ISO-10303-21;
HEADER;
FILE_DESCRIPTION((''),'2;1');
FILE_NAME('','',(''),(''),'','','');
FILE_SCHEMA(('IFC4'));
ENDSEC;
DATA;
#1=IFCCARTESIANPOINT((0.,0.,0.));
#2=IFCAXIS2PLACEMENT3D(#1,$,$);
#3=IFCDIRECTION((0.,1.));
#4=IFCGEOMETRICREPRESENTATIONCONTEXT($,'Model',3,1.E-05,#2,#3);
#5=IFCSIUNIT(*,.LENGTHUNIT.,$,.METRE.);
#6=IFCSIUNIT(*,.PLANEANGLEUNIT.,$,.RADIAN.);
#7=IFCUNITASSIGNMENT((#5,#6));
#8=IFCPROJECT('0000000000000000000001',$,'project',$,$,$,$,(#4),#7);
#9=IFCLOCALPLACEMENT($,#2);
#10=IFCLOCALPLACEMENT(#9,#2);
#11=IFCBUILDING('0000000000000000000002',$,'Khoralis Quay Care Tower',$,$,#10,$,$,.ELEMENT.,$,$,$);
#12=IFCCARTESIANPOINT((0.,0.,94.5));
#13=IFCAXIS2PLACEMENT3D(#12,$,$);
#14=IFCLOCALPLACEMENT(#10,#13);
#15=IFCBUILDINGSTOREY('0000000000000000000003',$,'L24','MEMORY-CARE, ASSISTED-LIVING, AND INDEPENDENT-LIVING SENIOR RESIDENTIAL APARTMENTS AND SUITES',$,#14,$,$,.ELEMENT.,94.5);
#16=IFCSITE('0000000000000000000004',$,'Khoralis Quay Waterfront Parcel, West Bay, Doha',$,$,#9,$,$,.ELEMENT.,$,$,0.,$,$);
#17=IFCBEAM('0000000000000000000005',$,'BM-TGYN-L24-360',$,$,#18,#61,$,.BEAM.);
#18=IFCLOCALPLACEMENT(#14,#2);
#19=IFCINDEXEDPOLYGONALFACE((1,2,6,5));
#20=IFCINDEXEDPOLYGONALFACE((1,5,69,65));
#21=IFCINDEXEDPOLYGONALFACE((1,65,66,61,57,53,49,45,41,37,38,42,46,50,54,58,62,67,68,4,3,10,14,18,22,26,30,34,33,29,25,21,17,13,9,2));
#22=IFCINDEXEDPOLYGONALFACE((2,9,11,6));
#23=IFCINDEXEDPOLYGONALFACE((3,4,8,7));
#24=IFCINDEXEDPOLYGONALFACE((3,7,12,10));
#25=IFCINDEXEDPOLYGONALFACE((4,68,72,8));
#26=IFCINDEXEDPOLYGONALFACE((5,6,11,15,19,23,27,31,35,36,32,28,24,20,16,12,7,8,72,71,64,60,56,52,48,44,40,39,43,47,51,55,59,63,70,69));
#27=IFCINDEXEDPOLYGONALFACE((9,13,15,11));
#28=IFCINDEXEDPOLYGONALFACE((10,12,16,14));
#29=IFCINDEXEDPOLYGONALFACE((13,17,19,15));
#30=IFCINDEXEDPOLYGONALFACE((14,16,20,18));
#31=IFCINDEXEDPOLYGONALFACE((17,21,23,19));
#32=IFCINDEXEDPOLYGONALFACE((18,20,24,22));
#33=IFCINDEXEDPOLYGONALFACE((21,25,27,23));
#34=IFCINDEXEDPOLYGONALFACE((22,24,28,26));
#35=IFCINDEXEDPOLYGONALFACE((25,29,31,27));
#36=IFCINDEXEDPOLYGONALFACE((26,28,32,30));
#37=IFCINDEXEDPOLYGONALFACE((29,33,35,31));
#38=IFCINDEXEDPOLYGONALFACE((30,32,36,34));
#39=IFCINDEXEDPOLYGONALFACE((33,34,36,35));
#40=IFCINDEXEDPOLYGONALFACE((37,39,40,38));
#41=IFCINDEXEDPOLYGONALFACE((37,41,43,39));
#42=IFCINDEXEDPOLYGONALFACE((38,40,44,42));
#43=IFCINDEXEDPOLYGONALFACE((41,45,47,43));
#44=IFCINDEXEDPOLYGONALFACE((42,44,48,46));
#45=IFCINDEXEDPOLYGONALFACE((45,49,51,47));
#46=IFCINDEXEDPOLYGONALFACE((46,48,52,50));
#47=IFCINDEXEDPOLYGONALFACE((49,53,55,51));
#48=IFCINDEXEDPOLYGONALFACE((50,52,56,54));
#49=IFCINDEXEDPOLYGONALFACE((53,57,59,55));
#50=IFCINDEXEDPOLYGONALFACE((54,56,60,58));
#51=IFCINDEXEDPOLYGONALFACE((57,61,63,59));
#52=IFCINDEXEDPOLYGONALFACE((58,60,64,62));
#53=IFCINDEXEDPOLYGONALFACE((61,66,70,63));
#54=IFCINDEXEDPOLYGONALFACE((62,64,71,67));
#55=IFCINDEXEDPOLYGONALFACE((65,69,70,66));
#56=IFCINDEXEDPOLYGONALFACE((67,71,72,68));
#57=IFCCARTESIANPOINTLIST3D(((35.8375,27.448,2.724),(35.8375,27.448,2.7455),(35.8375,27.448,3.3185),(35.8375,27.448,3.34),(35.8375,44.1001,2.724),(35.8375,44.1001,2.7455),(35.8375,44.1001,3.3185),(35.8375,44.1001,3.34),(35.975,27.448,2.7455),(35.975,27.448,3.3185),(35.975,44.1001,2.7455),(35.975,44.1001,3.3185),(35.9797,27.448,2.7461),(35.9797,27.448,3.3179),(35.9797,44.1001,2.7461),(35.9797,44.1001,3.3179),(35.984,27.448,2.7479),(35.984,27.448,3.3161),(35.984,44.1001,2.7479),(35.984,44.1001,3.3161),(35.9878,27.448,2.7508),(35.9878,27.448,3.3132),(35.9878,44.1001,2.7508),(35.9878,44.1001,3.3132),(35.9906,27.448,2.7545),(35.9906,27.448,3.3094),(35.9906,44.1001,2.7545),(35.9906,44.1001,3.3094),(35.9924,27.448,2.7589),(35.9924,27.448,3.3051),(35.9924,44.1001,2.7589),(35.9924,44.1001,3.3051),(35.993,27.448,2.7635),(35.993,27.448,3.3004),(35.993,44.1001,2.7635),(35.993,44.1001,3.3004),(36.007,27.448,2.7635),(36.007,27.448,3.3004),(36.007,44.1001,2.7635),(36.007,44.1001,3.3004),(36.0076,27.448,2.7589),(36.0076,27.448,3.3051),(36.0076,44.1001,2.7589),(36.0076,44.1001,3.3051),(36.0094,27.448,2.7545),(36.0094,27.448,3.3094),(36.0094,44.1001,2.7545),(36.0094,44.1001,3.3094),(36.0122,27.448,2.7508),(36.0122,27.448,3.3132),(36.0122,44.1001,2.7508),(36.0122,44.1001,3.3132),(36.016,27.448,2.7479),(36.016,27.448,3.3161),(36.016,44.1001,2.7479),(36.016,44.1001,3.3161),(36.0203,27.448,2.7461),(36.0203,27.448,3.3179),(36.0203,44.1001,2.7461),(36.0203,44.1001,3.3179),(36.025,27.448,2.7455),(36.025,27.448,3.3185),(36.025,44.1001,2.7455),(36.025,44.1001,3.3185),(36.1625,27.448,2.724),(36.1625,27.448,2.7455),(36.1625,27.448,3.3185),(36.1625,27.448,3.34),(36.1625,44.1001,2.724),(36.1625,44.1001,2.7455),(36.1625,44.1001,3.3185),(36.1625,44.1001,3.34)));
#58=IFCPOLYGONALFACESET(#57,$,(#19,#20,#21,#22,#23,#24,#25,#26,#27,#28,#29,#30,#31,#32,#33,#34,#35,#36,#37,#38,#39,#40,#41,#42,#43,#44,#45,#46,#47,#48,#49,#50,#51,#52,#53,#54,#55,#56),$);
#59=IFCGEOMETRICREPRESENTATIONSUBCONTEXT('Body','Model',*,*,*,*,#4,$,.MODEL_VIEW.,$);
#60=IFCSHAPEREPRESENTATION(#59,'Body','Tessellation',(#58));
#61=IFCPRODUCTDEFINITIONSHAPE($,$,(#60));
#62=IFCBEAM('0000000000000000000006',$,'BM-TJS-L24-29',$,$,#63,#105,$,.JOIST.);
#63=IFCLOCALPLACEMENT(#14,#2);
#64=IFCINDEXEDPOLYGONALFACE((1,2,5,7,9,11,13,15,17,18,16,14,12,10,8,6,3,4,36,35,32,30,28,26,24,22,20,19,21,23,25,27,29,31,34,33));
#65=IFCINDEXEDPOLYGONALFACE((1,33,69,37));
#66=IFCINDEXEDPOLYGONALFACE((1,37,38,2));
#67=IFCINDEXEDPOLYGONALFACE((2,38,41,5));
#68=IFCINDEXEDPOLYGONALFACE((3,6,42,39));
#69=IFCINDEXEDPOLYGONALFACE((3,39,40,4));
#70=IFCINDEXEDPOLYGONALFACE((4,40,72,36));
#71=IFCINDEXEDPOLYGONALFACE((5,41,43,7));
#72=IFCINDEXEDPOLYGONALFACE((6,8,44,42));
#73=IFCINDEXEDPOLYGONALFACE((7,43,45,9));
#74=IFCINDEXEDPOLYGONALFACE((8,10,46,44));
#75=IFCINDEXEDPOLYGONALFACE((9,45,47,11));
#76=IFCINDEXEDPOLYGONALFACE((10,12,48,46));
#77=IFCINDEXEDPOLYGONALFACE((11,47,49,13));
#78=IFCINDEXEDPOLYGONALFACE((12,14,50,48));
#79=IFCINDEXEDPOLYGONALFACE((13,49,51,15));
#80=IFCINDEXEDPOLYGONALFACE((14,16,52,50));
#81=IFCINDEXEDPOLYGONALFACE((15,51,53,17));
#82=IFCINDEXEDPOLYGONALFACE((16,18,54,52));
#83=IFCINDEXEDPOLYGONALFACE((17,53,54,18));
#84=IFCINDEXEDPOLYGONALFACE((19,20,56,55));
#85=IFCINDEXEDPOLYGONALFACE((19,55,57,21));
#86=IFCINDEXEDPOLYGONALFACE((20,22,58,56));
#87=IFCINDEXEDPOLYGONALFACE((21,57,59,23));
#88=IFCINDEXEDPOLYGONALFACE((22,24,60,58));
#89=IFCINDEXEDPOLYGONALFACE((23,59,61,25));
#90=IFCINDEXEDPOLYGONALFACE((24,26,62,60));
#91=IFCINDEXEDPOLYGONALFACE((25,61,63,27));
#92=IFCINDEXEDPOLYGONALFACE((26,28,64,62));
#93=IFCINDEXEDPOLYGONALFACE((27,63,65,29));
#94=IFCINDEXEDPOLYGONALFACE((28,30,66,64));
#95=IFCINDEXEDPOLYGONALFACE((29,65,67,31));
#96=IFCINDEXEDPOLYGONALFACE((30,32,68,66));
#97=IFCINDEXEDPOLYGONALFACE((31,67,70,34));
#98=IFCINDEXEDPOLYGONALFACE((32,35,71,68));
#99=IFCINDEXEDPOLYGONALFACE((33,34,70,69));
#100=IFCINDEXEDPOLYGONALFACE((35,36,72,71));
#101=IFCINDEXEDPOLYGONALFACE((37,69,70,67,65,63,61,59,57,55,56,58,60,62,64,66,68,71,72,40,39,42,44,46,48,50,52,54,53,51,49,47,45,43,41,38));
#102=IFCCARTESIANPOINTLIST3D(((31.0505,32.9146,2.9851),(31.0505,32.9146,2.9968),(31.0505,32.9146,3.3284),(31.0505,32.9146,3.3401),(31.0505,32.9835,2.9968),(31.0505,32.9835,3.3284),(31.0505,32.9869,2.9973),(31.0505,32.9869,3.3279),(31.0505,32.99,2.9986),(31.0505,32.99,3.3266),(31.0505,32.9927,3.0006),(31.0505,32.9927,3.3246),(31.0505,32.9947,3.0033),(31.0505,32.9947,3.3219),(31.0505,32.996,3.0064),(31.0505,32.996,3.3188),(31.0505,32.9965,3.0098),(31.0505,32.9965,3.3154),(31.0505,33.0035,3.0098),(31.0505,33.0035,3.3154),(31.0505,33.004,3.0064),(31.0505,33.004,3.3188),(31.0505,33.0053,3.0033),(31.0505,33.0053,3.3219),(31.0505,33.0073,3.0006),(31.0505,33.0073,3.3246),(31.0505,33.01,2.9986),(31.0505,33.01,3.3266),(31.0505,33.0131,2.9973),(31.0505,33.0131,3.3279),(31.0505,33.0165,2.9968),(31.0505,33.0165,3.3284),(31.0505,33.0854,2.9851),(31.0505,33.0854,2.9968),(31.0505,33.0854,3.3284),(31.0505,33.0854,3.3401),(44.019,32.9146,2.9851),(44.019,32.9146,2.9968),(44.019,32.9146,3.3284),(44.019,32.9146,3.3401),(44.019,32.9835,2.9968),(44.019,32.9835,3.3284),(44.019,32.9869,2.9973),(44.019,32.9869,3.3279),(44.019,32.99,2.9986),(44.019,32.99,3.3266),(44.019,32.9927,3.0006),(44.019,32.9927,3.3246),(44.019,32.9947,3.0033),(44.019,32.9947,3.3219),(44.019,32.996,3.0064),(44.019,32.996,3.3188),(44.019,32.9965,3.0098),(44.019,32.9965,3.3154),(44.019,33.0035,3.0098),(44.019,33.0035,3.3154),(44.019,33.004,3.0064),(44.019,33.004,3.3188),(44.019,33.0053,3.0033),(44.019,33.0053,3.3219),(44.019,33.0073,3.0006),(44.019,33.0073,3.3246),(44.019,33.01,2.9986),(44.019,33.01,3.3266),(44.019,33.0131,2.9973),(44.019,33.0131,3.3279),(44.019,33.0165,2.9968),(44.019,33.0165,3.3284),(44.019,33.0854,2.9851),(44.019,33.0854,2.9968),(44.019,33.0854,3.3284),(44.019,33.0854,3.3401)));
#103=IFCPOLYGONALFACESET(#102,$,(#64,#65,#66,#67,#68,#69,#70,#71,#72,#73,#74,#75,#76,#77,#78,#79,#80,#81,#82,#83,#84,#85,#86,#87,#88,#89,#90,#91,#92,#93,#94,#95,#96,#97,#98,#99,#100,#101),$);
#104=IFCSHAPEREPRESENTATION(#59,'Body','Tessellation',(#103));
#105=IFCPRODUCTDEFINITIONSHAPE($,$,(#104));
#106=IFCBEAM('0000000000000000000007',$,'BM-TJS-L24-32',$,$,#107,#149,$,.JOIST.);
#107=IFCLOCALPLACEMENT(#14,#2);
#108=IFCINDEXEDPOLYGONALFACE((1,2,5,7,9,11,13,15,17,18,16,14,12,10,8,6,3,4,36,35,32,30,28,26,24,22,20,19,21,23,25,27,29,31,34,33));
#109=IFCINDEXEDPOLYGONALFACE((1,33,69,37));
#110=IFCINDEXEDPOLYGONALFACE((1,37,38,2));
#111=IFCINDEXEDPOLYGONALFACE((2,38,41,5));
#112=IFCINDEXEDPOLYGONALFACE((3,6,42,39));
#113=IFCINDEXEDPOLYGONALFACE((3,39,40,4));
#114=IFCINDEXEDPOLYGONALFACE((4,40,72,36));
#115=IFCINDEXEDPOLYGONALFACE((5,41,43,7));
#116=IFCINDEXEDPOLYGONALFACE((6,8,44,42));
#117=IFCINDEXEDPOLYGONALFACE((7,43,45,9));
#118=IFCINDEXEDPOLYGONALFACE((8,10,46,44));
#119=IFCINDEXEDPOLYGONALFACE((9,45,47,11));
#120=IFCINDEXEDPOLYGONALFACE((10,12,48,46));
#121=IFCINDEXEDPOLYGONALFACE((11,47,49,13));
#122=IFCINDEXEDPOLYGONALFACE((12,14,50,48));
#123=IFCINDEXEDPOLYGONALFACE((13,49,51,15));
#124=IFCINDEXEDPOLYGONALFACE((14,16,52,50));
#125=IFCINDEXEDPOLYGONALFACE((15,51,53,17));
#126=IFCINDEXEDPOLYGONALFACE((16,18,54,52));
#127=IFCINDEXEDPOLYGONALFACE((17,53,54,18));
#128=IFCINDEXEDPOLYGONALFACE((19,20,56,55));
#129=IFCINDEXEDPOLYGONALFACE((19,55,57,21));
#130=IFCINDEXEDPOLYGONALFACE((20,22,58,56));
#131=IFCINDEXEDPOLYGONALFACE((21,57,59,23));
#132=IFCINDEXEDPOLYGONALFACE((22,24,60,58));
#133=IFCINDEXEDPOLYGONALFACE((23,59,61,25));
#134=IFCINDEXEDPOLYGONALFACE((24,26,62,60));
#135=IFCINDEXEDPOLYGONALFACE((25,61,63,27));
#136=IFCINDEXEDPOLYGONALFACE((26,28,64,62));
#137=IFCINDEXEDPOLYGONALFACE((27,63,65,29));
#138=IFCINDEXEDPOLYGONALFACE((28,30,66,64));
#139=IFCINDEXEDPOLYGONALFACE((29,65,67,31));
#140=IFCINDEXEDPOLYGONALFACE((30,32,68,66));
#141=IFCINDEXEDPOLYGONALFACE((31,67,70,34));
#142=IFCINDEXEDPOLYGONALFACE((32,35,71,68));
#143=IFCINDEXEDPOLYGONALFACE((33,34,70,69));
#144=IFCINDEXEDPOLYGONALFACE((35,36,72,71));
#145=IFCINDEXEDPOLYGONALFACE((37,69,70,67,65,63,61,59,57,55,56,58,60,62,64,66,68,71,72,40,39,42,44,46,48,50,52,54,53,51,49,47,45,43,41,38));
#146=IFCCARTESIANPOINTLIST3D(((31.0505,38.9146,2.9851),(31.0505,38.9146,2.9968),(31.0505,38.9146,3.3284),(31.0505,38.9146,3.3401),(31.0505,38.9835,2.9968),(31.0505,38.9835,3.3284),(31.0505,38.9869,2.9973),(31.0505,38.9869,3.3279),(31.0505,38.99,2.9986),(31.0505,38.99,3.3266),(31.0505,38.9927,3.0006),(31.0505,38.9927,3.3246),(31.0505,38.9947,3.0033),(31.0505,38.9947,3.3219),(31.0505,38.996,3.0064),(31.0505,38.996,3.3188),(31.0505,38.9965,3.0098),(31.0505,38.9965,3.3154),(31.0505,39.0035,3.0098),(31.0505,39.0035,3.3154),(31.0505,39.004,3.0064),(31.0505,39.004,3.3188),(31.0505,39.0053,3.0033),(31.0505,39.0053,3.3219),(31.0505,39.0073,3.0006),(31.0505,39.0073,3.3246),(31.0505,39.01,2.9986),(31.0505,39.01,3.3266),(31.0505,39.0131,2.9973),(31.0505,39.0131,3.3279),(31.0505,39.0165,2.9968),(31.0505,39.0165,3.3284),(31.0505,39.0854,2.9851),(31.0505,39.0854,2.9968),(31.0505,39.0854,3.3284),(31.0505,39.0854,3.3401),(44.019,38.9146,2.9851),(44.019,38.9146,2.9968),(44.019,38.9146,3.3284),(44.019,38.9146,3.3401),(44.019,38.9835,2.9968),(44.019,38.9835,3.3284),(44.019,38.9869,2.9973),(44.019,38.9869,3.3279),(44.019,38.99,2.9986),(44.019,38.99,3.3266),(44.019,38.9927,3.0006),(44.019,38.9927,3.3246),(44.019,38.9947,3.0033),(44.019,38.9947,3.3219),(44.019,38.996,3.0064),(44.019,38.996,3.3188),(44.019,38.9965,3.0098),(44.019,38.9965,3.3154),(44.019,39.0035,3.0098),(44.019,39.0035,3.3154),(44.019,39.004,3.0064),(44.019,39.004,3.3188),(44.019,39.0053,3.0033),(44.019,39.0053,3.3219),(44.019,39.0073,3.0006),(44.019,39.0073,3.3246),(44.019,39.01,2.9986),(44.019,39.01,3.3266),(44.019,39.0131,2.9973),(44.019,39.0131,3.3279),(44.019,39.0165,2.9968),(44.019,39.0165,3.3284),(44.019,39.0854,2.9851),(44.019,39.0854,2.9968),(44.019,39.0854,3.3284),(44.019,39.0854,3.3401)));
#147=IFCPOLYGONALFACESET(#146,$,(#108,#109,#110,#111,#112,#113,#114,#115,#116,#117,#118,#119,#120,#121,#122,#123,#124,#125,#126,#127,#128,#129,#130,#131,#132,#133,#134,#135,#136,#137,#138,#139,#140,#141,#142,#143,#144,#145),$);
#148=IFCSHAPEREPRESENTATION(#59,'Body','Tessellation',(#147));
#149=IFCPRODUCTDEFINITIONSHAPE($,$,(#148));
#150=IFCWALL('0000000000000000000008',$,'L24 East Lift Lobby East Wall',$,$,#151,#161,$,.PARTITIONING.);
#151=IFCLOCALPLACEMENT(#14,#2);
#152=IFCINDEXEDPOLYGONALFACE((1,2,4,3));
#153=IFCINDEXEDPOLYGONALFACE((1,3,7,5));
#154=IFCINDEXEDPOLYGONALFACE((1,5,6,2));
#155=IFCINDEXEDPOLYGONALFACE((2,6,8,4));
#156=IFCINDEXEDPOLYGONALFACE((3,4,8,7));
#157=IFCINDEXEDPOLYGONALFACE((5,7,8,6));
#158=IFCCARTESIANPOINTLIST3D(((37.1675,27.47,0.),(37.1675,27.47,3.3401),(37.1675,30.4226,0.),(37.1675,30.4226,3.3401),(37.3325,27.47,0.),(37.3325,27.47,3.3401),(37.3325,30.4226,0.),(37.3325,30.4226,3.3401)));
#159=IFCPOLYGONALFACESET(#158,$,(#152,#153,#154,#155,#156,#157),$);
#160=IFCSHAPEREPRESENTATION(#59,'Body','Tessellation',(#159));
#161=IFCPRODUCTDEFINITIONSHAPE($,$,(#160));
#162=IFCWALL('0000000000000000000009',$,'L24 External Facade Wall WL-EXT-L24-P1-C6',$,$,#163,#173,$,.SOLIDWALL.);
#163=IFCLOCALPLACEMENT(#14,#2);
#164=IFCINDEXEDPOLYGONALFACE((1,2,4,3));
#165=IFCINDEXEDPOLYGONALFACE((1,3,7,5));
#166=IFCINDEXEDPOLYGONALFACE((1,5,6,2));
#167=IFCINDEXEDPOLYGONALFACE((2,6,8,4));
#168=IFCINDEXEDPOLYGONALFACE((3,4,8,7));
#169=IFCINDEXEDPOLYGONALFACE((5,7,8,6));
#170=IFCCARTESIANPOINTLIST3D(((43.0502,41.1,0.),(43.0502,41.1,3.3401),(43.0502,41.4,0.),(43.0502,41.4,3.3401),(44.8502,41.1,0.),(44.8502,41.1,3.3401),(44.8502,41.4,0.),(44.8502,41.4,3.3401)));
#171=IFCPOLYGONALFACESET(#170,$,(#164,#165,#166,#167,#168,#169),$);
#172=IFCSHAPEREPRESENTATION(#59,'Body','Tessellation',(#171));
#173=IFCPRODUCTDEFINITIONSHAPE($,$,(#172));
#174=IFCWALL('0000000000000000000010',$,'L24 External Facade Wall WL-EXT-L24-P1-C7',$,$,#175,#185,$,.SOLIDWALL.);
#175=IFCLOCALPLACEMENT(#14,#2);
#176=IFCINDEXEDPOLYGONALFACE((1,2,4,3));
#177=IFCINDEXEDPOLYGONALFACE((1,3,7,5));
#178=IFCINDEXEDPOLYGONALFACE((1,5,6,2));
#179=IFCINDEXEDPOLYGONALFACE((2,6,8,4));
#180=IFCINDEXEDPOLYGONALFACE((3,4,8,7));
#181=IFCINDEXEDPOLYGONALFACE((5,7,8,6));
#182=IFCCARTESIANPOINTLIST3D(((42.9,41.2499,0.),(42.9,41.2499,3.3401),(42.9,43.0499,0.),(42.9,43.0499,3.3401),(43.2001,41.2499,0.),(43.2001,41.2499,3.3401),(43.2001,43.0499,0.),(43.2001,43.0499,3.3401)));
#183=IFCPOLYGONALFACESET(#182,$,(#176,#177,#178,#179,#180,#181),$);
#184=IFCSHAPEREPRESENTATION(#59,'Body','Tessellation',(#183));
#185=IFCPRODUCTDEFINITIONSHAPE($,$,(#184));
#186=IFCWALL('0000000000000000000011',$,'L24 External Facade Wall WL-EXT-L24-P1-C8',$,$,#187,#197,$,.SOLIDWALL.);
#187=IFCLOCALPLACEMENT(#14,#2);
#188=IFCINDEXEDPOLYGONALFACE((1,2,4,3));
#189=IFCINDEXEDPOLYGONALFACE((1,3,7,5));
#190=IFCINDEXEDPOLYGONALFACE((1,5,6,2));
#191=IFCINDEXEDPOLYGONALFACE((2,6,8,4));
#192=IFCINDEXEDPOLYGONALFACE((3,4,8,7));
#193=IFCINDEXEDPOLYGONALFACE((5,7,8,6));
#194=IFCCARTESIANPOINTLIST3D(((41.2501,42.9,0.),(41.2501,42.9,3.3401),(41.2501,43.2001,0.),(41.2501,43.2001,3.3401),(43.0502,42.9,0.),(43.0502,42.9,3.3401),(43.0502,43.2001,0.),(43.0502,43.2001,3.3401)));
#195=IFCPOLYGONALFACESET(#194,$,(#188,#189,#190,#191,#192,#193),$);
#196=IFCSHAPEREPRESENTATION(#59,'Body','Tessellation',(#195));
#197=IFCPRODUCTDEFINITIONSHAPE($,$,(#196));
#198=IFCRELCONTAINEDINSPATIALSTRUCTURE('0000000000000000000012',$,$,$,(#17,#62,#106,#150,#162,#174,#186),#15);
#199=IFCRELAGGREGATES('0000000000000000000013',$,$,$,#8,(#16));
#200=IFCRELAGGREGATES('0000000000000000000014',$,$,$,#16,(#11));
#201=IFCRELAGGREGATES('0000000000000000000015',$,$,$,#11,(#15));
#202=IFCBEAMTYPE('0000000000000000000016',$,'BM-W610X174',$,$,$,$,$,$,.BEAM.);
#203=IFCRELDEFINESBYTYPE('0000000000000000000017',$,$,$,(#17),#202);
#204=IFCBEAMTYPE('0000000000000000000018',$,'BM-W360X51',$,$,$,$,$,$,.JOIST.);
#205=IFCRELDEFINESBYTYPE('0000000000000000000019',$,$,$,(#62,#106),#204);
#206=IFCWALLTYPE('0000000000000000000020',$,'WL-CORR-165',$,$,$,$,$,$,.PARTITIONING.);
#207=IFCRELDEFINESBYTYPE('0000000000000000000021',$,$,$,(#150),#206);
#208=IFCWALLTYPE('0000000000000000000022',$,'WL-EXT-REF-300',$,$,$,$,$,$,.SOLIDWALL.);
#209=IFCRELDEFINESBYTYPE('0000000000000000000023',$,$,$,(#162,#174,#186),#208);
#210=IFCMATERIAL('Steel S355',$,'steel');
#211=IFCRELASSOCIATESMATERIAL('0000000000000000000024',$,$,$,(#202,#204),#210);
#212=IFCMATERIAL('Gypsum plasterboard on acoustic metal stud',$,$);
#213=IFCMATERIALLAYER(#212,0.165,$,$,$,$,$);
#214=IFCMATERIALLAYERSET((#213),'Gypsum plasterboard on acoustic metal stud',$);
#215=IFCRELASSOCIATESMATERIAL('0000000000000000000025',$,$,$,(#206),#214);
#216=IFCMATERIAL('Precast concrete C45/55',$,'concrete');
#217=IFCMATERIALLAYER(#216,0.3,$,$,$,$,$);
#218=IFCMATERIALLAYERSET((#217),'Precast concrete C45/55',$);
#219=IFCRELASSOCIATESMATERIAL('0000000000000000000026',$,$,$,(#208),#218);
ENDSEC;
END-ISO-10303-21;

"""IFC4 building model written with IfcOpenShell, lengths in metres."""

from ifc_helpers import new_model, si_unit, direction, frame, frame_2d, origin, origin_2d, place, context, subcontext, project, spatial, rectangle, i_section, extrude, source, transform, mapped, material, layer, layer_set, material_profile, profile_set, type_object, element, save


model = new_model("IFC4")

# Units and contexts
model_context = context("Model", 3, precision=1e-05, world=origin(), true_north=direction((0.0, 1.0)))
body_context = subcontext(model_context, "Body", "Model", "MODEL_VIEW")
ifc_project = project(units=[si_unit("LENGTHUNIT", "METRE"), si_unit("PLANEANGLEUNIT", "RADIAN")], contexts=[model_context])

# Site, building, storey
site_placement = place(None, origin())
site = spatial("IfcSite", under=ifc_project, at=site_placement, Name="Khoralis Quay Waterfront Parcel, West Bay, Doha", CompositionType="ELEMENT", RefElevation=0.0)
building_placement = place(site_placement, origin())
building = spatial("IfcBuilding", under=site, at=building_placement, Name="Khoralis Quay Care Tower", CompositionType="ELEMENT")
storey_placement = place(building_placement, frame((0.0, 0.0, 94.5)))
storey = spatial("IfcBuildingStorey", under=building, at=storey_placement, Name="L24", Description="MEMORY-CARE, ASSISTED-LIVING, AND INDEPENDENT-LIVING SENIOR RESIDENTIAL APARTMENTS AND SUITES", CompositionType="ELEMENT", Elevation=94.5)

# Beams
ifc_material_1 = material(Name="Steel S355", Category="steel")
ifc_material_profile_1 = material_profile(ifc_material_1, i_section(OverallWidth=0.325, OverallDepth=0.616, WebThickness=0.0139, FlangeThickness=0.0215, FilletRadius=0.0181, at=origin_2d()), Name="Steel S355")
ifc_profile_set_1 = profile_set([ifc_material_profile_1], Name="Steel S355")
beam_type_1 = type_object("IfcBeamType", Name="BM-W610X174", PredefinedType="BEAM", material=ifc_profile_set_1)
shared_shape_1 = source(origin(), body_context, "Body", "SweptSolid", [
    extrude(i_section(OverallWidth=0.325, OverallDepth=0.616, WebThickness=0.0139, FlangeThickness=0.0215, FilletRadius=0.0181, at=origin_2d()), origin(), (0.0, 0.0, 1.0), 16.6521),
])
beam_1_placement = place(storey_placement, frame((36.0, 27.448, 3.032), z_axis=(0.0, 1.0, 0.0), x_axis=(-1.0, 0.0, 0.0)))
element("IfcBeam", 1, at=beam_1_placement, inside=storey, type_object=beam_type_1, Name="BM-TGYN-L24-360", PredefinedType="BEAM", context=body_context, shape_type="MappedRepresentation", body=[
    mapped(shared_shape_1, transform((0.0, 0.0, 0.0), scale=1.0)),
])
ifc_material_profile_2 = material_profile(ifc_material_1, i_section(OverallWidth=0.1709, OverallDepth=0.355, WebThickness=0.0071, FlangeThickness=0.0117, FilletRadius=0.0129, at=origin_2d()), Name="Steel S355")
ifc_profile_set_2 = profile_set([ifc_material_profile_2], Name="Steel S355")
beam_type_2 = type_object("IfcBeamType", Name="BM-W360X51", PredefinedType="JOIST", material=ifc_profile_set_2)
shared_shape_2 = source(origin(), body_context, "Body", "SweptSolid", [
    extrude(i_section(OverallWidth=0.1709, OverallDepth=0.355, WebThickness=0.0071, FlangeThickness=0.0117, FilletRadius=0.0129, at=origin_2d()), origin(), (0.0, 0.0, 1.0), 12.9685),
])
for number, where, z_axis, x_axis, name in (
    (2, (31.0505, 33.0, 3.1626), (1.0, 0.0, 0.0), (0.0, 1.0, 0.0), "BM-TJS-L24-29"),
    (3, (31.0505, 39.0, 3.1626), (1.0, 0.0, 0.0), (0.0, 1.0, 0.0), "BM-TJS-L24-32"),
):
    element("IfcBeam", number, at=place(storey_placement, frame(where, z_axis=z_axis, x_axis=x_axis)), inside=storey, type_object=beam_type_2, Name=name, PredefinedType="JOIST", context=body_context, shape_type="MappedRepresentation", body=[
        mapped(shared_shape_2, transform((0.0, 0.0, 0.0), scale=1.0)),
    ])

# Walls
ifc_material_2 = material(Name="Gypsum plasterboard on acoustic metal stud")
ifc_layer_1 = layer(ifc_material_2, 0.165)
ifc_layer_set_1 = layer_set([ifc_layer_1], Name="Gypsum plasterboard on acoustic metal stud")
wall_type_1 = type_object("IfcWallType", Name="WL-CORR-165", PredefinedType="PARTITIONING", material=ifc_layer_set_1)
wall_1_placement = place(storey_placement, frame((37.25, 27.47, 0.0), z_axis=(0.0, 0.0, 1.0), x_axis=(0.0, 1.0, 0.0)))
element("IfcWall", 4, at=wall_1_placement, inside=storey, type_object=wall_type_1, Name="L24 East Lift Lobby East Wall", PredefinedType="PARTITIONING", context=body_context, shape_type="SweptSolid", body=[
    extrude(rectangle(XDim=2.9526, YDim=0.165, at=frame_2d((1.4763, 0.0))), origin(), (0.0, 0.0, 1.0), 3.3401),
])
ifc_material_3 = material(Name="Precast concrete C45/55", Category="concrete")
ifc_layer_2 = layer(ifc_material_3, 0.3)
ifc_layer_set_2 = layer_set([ifc_layer_2], Name="Precast concrete C45/55")
wall_type_2 = type_object("IfcWallType", Name="WL-EXT-REF-300", PredefinedType="SOLIDWALL", material=ifc_layer_set_2)
for number, where, z_axis, x_axis, name in (
    (5, (44.8501, 41.25, 0.0), (0.0, 0.0, 1.0), (-1.0, 0.0, 0.0), "L24 External Facade Wall WL-EXT-L24-P1-C6"),
    (6, (43.05, 41.25, 0.0), (0.0, 0.0, 1.0), (0.0, 1.0, 0.0), "L24 External Facade Wall WL-EXT-L24-P1-C7"),
    (7, (43.05, 43.05, 0.0), (0.0, 0.0, 1.0), (-1.0, 0.0, 0.0), "L24 External Facade Wall WL-EXT-L24-P1-C8"),
):
    element("IfcWall", number, at=place(storey_placement, frame(where, z_axis=z_axis, x_axis=x_axis)), inside=storey, type_object=wall_type_2, Name=name, PredefinedType="SOLIDWALL", context=body_context, shape_type="SweptSolid", body=[
        extrude(rectangle(XDim=1.8, YDim=0.3, at=frame_2d((0.8999, 0.0))), origin(), (0.0, 0.0, 1.0), 3.3401),
    ])

save(model, "model.ifc")
